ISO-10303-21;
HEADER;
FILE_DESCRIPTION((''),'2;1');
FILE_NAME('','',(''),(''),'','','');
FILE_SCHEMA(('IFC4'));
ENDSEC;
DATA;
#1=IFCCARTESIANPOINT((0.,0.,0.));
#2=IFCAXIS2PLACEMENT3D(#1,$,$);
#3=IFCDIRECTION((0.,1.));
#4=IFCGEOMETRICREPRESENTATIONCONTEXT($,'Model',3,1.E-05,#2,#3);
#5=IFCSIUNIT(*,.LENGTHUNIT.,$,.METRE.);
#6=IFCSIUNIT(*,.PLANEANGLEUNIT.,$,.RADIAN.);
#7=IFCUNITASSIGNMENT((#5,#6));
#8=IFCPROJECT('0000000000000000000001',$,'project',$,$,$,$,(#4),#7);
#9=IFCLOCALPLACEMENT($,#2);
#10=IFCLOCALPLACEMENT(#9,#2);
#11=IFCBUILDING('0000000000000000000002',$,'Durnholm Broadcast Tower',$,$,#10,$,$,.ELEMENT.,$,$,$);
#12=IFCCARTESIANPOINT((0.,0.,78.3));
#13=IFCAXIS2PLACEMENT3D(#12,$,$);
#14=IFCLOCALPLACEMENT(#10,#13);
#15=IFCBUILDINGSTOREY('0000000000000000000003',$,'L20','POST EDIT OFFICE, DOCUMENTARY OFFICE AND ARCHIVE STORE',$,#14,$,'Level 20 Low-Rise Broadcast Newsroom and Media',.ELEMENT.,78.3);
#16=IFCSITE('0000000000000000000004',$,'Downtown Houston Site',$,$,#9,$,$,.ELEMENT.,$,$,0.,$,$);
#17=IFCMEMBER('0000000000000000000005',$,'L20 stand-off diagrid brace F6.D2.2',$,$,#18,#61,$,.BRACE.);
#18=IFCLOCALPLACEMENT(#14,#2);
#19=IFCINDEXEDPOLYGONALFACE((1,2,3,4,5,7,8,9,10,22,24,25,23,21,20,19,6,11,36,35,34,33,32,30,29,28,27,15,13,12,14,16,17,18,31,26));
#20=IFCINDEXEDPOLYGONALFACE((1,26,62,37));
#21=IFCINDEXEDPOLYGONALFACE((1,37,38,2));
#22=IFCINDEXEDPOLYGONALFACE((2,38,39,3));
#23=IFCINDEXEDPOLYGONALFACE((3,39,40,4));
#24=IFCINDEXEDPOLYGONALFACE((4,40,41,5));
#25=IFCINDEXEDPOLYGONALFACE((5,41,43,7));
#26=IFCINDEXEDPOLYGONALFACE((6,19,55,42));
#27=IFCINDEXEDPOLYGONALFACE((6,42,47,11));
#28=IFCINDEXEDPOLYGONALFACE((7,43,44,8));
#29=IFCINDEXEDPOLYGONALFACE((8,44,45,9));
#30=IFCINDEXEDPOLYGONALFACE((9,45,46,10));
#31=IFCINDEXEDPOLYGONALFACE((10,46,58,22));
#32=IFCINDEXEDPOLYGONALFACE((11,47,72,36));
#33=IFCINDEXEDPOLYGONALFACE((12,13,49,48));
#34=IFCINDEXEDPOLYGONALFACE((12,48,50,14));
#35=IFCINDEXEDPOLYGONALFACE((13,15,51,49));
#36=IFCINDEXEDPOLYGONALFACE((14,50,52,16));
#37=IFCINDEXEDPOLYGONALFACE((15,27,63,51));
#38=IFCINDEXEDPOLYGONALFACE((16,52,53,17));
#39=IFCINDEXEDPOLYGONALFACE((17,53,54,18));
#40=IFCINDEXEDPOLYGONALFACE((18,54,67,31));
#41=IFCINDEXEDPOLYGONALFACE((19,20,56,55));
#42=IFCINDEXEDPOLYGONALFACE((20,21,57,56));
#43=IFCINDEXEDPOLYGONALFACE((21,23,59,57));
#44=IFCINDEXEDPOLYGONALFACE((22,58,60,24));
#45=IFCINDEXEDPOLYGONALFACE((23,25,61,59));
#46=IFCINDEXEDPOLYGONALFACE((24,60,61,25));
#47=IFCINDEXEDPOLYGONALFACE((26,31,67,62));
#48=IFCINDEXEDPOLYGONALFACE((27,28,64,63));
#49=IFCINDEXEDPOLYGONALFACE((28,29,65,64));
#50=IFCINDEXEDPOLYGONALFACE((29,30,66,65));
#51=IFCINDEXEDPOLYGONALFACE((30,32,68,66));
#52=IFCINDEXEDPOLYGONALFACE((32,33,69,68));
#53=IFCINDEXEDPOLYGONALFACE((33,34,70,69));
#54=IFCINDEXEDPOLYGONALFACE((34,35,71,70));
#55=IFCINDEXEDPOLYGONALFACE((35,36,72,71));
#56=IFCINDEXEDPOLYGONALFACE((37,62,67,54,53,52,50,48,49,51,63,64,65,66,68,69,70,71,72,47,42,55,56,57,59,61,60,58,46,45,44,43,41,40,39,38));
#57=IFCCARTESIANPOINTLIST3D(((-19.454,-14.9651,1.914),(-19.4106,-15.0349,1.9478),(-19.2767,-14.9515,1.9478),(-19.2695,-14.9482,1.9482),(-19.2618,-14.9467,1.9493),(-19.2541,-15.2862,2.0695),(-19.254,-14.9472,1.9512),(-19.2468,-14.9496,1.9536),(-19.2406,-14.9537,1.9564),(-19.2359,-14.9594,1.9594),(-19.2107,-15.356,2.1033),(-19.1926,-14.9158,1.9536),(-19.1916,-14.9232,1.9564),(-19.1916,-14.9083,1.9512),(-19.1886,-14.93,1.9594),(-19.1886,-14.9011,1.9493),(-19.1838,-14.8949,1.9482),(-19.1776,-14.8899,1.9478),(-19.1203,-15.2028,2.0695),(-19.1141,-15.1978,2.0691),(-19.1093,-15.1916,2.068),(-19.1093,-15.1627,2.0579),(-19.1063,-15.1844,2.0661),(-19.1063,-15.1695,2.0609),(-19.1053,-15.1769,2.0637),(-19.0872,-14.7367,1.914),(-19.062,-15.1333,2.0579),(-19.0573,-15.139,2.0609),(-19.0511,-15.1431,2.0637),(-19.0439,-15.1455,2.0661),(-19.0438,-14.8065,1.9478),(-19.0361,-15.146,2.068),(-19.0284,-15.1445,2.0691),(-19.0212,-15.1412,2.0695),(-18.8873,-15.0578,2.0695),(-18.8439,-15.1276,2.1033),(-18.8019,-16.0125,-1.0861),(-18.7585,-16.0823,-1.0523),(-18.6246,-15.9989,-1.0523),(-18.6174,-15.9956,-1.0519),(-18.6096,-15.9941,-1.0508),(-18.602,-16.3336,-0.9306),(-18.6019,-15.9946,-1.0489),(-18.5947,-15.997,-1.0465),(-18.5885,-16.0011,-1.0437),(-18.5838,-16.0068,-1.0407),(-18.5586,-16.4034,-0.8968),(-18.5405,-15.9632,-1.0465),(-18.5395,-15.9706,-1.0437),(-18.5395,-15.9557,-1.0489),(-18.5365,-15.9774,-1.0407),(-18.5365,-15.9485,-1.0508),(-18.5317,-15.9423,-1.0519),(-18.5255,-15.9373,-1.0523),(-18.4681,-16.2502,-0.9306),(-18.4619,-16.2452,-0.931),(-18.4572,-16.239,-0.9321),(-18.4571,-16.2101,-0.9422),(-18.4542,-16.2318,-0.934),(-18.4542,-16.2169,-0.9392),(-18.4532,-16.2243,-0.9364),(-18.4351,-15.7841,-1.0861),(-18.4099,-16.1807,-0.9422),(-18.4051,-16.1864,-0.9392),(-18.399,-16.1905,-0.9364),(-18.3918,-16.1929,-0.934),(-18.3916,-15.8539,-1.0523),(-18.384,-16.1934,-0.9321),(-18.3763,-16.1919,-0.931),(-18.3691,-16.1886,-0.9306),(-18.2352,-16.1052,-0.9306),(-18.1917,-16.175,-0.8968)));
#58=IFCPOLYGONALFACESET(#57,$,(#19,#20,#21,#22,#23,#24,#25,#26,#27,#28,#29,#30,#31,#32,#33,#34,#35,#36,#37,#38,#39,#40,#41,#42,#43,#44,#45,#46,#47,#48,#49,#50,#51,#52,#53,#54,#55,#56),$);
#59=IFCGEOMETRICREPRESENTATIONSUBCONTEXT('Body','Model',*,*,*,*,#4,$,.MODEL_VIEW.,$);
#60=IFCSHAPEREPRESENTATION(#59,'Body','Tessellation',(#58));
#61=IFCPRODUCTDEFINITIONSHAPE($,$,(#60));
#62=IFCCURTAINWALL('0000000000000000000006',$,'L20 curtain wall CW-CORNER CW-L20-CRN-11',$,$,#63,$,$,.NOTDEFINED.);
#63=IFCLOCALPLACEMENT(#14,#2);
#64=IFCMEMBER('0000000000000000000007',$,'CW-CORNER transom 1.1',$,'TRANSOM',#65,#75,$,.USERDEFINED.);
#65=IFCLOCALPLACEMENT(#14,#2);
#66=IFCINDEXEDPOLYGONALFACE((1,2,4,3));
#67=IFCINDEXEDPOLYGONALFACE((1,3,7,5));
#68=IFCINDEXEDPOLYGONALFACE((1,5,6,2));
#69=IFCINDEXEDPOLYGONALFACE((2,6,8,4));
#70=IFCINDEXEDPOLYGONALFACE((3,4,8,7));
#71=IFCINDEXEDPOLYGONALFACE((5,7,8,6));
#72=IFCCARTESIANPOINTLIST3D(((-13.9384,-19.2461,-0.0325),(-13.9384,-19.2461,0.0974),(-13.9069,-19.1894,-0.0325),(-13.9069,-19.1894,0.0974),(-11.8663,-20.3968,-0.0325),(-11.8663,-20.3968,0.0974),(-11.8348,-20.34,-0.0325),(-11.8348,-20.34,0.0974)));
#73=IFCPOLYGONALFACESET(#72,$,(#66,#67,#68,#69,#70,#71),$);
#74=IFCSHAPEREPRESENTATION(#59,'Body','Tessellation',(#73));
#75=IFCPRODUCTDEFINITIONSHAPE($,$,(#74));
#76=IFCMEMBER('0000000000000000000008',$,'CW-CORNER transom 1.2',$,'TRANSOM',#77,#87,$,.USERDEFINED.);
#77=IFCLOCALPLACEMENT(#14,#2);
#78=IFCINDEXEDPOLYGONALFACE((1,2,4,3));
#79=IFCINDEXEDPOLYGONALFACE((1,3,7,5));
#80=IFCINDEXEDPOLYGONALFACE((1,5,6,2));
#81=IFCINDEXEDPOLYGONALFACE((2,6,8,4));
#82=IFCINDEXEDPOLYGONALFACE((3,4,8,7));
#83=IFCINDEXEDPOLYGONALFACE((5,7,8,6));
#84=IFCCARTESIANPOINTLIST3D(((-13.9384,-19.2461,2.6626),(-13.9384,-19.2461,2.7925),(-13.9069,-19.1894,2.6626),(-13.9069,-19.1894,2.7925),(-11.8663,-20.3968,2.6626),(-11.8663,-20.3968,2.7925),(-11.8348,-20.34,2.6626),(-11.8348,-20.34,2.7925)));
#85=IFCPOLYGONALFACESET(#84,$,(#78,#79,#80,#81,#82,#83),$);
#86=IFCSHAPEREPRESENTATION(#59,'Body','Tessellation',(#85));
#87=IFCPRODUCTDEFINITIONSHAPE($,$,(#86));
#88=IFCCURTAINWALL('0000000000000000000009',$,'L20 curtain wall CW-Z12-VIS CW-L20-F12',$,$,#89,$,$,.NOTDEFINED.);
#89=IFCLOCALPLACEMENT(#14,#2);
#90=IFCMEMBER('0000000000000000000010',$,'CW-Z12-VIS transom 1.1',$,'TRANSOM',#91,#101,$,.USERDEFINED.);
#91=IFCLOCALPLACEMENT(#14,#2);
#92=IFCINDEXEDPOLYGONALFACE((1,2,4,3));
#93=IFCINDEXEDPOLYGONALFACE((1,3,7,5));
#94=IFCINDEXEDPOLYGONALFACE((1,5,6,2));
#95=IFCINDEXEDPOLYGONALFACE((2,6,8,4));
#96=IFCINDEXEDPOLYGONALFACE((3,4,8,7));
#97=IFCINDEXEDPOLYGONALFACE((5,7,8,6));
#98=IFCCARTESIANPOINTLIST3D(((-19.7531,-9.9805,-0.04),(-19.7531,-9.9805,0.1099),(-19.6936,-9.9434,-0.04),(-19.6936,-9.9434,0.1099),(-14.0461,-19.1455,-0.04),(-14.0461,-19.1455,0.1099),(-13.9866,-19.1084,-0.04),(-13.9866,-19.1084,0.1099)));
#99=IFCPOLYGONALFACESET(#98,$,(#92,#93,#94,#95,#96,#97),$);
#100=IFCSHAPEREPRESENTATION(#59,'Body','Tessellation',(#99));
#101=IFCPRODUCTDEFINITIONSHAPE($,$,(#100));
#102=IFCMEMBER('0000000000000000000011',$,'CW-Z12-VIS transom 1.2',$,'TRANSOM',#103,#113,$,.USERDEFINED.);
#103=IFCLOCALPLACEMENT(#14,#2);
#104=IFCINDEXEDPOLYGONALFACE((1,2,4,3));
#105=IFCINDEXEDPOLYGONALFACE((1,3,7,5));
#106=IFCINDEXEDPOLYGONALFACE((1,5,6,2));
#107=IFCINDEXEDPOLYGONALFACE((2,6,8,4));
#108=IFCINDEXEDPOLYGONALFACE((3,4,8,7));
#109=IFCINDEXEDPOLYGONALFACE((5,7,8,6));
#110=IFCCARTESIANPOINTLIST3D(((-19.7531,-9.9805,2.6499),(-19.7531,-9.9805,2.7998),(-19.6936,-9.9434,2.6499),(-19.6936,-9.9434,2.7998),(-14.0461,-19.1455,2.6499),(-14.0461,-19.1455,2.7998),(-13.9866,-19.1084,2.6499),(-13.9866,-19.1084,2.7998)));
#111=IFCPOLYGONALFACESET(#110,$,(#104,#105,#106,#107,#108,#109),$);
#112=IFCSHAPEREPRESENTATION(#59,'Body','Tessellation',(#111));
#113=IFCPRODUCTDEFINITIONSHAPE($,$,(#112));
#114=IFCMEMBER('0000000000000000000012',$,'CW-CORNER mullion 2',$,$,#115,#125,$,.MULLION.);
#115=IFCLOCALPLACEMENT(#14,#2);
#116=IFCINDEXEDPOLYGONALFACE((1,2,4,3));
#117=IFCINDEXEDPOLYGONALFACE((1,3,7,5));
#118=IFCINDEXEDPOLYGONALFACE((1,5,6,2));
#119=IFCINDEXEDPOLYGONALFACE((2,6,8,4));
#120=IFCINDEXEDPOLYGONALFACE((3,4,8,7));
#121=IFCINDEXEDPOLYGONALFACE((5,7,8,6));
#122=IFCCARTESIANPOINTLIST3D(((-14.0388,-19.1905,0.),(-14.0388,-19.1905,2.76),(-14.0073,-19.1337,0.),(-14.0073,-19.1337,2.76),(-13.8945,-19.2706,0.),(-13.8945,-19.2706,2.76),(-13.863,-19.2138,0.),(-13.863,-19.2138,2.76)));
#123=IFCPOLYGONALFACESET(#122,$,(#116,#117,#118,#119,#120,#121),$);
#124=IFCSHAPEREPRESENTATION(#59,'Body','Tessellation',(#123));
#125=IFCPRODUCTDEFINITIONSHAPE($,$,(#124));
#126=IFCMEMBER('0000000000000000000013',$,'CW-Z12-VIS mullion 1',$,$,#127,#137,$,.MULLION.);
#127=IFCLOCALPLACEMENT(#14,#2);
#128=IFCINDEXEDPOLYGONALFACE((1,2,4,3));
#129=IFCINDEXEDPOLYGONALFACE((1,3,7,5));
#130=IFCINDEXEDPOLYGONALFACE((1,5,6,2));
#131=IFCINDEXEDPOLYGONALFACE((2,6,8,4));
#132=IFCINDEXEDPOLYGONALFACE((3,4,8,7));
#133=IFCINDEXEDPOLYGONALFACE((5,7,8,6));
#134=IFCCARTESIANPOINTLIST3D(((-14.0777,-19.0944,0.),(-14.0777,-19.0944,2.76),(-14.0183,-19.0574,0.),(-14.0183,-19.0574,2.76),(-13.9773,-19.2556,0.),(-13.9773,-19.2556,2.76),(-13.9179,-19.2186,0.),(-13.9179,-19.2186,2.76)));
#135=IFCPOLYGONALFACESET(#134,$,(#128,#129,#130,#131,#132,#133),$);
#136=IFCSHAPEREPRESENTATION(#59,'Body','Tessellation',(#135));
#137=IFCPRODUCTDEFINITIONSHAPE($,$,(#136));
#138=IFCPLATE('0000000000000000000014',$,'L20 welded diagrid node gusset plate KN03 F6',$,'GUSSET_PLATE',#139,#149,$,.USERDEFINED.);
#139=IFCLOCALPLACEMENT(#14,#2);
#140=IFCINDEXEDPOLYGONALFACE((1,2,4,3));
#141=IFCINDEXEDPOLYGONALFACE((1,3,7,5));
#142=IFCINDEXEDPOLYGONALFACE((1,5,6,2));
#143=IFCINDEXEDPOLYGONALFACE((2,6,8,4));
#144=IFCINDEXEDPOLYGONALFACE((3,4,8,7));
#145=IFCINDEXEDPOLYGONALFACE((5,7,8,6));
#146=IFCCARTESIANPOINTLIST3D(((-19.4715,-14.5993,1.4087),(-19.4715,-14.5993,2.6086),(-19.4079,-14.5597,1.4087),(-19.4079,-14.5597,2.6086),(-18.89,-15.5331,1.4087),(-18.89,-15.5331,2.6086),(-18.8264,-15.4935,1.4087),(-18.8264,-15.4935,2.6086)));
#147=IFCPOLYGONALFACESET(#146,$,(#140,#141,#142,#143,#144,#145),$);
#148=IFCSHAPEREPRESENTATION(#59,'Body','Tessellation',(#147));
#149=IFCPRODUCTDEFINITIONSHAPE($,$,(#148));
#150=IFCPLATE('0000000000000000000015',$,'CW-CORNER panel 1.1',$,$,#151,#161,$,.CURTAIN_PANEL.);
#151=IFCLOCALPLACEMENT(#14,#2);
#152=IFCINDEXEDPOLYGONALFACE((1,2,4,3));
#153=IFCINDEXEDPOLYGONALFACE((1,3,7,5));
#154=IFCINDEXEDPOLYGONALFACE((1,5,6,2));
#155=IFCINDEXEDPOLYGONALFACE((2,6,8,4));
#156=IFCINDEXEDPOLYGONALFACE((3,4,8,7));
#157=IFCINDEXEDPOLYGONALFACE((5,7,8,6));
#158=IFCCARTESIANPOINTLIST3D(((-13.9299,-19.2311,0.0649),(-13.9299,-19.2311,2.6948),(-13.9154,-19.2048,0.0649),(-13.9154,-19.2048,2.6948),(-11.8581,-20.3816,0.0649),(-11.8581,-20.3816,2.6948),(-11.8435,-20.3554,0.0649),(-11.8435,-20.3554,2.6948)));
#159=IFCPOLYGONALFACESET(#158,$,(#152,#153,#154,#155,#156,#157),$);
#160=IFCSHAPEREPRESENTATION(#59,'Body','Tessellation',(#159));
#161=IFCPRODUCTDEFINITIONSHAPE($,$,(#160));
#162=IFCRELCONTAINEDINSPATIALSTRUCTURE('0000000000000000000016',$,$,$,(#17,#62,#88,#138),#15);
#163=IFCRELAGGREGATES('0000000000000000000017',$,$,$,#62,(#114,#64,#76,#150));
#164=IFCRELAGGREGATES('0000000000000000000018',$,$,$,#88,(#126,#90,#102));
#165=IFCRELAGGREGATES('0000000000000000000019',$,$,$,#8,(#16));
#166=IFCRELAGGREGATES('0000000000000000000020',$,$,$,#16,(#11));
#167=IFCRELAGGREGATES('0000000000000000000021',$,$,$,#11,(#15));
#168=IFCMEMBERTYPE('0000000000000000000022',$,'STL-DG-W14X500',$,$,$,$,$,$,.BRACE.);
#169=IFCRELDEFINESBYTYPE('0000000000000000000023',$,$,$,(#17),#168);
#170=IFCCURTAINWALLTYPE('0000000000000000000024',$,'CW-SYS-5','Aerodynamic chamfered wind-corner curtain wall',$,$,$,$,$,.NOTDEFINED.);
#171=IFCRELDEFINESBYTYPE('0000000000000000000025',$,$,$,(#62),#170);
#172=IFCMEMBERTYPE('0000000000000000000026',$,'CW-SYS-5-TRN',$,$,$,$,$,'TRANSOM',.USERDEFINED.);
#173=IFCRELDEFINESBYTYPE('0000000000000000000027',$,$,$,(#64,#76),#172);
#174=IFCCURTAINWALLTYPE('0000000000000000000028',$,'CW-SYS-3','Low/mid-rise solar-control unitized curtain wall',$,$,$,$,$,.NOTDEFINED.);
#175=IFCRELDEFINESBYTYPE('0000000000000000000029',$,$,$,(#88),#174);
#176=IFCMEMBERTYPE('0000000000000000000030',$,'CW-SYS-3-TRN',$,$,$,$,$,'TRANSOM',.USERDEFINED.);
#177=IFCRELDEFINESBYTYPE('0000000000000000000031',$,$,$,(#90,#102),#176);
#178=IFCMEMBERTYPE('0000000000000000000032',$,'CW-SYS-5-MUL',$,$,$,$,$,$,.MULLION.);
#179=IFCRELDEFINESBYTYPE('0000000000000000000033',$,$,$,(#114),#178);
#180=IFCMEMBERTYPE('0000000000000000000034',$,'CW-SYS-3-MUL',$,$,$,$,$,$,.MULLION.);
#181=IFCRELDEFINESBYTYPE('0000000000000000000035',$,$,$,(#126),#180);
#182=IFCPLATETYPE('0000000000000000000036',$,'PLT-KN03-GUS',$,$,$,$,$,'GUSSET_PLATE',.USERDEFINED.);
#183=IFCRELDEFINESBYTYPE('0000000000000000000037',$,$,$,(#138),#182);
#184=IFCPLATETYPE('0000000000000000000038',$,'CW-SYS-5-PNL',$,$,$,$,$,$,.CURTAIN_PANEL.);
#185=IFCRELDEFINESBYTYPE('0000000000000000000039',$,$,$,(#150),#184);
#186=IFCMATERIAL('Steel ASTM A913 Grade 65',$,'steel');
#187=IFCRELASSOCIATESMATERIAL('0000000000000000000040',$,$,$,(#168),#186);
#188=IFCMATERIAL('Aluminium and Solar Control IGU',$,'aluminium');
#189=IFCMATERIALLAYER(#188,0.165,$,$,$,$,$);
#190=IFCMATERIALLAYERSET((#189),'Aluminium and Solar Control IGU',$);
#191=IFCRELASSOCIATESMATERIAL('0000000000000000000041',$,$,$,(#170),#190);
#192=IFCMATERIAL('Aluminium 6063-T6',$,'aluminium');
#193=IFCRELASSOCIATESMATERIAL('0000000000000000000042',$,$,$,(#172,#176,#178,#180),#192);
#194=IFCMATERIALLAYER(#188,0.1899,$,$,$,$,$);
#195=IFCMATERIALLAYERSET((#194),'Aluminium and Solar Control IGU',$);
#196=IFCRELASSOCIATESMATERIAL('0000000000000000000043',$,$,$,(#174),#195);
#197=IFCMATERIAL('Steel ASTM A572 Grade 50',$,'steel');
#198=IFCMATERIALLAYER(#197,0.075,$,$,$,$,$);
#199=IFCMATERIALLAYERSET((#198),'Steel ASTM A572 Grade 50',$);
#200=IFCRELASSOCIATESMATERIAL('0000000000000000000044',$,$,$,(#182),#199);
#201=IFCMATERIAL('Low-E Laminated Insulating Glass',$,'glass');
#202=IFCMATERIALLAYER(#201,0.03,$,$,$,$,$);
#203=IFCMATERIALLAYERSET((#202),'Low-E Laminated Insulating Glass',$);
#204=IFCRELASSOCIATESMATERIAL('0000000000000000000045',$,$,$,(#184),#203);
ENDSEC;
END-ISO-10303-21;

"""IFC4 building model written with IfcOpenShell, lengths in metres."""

from ifc_helpers import new_model, si_unit, direction, frame, origin, origin_2d, place, context, subcontext, project, spatial, rectangle, i_section, extrude, source, transform, mapped, material, layer, layer_set, material_profile, profile_set, type_object, type_shapes, element, aggregate, save


model = new_model("IFC4")

# Units and contexts
model_context = context("Model", 3, precision=1e-05, world=origin(), true_north=direction((0.0, 1.0)))
body_context = subcontext(model_context, "Body", "Model", "MODEL_VIEW")
ifc_project = project(units=[si_unit("LENGTHUNIT", "METRE"), si_unit("PLANEANGLEUNIT", "RADIAN")], contexts=[model_context])

# Site, building, storey
site_placement = place(None, origin())
site = spatial("IfcSite", under=ifc_project, at=site_placement, Name="Downtown Houston Site", CompositionType="ELEMENT", RefElevation=0.0)
building_placement = place(site_placement, origin())
building = spatial("IfcBuilding", under=site, at=building_placement, Name="Durnholm Broadcast Tower", CompositionType="ELEMENT")
storey_placement = place(building_placement, frame((0.0, 0.0, 78.3)))
storey = spatial("IfcBuildingStorey", under=building, at=storey_placement, Name="L20", Description="POST EDIT OFFICE, DOCUMENTARY OFFICE AND ARCHIVE STORE", LongName="Level 20 Low-Rise Broadcast Newsroom and Media", CompositionType="ELEMENT", Elevation=78.3)

# Member
ifc_material_1 = material(Name="Steel ASTM A913 Grade 65", Category="steel")
ifc_material_profile_1 = material_profile(ifc_material_1, i_section(OverallWidth=0.4321, OverallDepth=0.4978, WebThickness=0.0557, FlangeThickness=0.0889, FilletRadius=0.0305, at=origin_2d()), Name="W14X500")
ifc_profile_set_1 = profile_set([ifc_material_profile_1], Name="Steel ASTM A913 Grade 65")
member_type_1 = type_object("IfcMemberType", Name="STL-DG-W14X500", PredefinedType="BRACE", material=ifc_profile_set_1)
shared_shape_1 = source(origin(), body_context, "Body", "SweptSolid", [
    extrude(i_section(OverallWidth=0.4321, OverallDepth=0.4978, WebThickness=0.0557, FlangeThickness=0.0889, FilletRadius=0.0305, at=origin_2d()), origin(), (0.0, 0.0, 1.0), 3.2439),
])
type_shapes(member_type_1, [shared_shape_1])
for number, where, z_axis, x_axis, name in (
    (1, (-18.4968, -16.0938, -0.9915), (-0.20103, 0.322882, 0.924843), (-0.848909, -0.52854, 0.0), "L20 stand-off diagrid brace F6.D2.2"),
):
    element("IfcMember", number, at=place(storey_placement, frame(where, z_axis=z_axis, x_axis=x_axis)), inside=storey, type_object=member_type_1, Name=name, PredefinedType="BRACE", context=body_context, shape_type="MappedRepresentation", body=[
        mapped(shared_shape_1, transform((0.0, 0.0, 0.0), x_axis=(1.0, 0.0, 0.0), y_axis=(0.0, 1.0, 0.0), z_axis=(0.0, 0.0, 1.0), scale=1.0)),
    ])

# Curtain walls, members
ifc_material_2 = material(Name="Aluminium and Solar Control IGU", Category="aluminium")
ifc_layer_1 = layer(ifc_material_2, 0.165)
ifc_layer_set_1 = layer_set([ifc_layer_1], Name="Aluminium and Solar Control IGU")
curtain_wall_type_1 = type_object("IfcCurtainWallType", Name="CW-SYS-5", Description="Aerodynamic chamfered wind-corner curtain wall", PredefinedType="NOTDEFINED", material=ifc_layer_set_1)
curtain_wall_1_placement = place(storey_placement, origin())
curtain_wall_1 = element("IfcCurtainWall", 2, at=curtain_wall_1_placement, inside=storey, type_object=curtain_wall_type_1, Name="L20 curtain wall CW-CORNER CW-L20-CRN-11", PredefinedType="NOTDEFINED")
ifc_material_3 = material(Name="Aluminium 6063-T6", Category="aluminium")
ifc_material_profile_2 = material_profile(ifc_material_3, rectangle(XDim=0.0649, YDim=0.1299, at=origin_2d()), Name="CWT65X130")
ifc_profile_set_2 = profile_set([ifc_material_profile_2], Name="Aluminium 6063-T6")
member_type_2 = type_object("IfcMemberType", Name="CW-SYS-5-TRN", ElementType="TRANSOM", PredefinedType="USERDEFINED", material=ifc_profile_set_2)
shared_shape_2 = source(origin(), body_context, "Body", "SweptSolid", [
    extrude(rectangle(XDim=0.0649, YDim=0.1299, at=origin_2d()), origin(), (0.0, 0.0, 1.0), 2.3701),
])
type_shapes(member_type_2, [shared_shape_2])
member_1_placement = place(storey_placement, frame((-11.8506, -20.3684, 0.0325), z_axis=(-0.874245, 0.485485, 0.0), x_axis=(-0.485485, -0.874245, 0.0)))
member_1 = element("IfcMember", 3, at=member_1_placement, type_object=member_type_2, Name="CW-CORNER transom 1.1", ObjectType="TRANSOM", PredefinedType="USERDEFINED", context=body_context, shape_type="MappedRepresentation", body=[
    mapped(shared_shape_2, transform((0.0, 0.0, 0.0), x_axis=(1.0, 0.0, 0.0), y_axis=(0.0, 1.0, 0.0), z_axis=(0.0, 0.0, 1.0), scale=1.0)),
])
member_2_placement = place(storey_placement, frame((-11.8506, -20.3684, 2.7275), z_axis=(-0.874245, 0.485485, 0.0), x_axis=(-0.485485, -0.874245, 0.0)))
member_2 = element("IfcMember", 4, at=member_2_placement, type_object=member_type_2, Name="CW-CORNER transom 1.2", ObjectType="TRANSOM", PredefinedType="USERDEFINED", context=body_context, shape_type="MappedRepresentation", body=[
    mapped(shared_shape_2, transform((0.0, 0.0, 0.0), x_axis=(1.0, 0.0, 0.0), y_axis=(0.0, 1.0, 0.0), z_axis=(0.0, 0.0, 1.0), scale=1.0)),
])
ifc_layer_2 = layer(ifc_material_2, 0.1899)
ifc_layer_set_2 = layer_set([ifc_layer_2], Name="Aluminium and Solar Control IGU")
curtain_wall_type_2 = type_object("IfcCurtainWallType", Name="CW-SYS-3", Description="Low/mid-rise solar-control unitized curtain wall", PredefinedType="NOTDEFINED", material=ifc_layer_set_2)
curtain_wall_2_placement = place(storey_placement, origin())
curtain_wall_2 = element("IfcCurtainWall", 5, at=curtain_wall_2_placement, inside=storey, type_object=curtain_wall_type_2, Name="L20 curtain wall CW-Z12-VIS CW-L20-F12", PredefinedType="NOTDEFINED")
ifc_material_profile_3 = material_profile(ifc_material_3, rectangle(XDim=0.0701, YDim=0.1499, at=origin_2d()), Name="CWT70X150")
ifc_profile_set_3 = profile_set([ifc_material_profile_3], Name="Aluminium 6063-T6")
member_type_3 = type_object("IfcMemberType", Name="CW-SYS-3-TRN", ElementType="TRANSOM", PredefinedType="USERDEFINED", material=ifc_profile_set_3)
shared_shape_3 = source(origin(), body_context, "Body", "SweptSolid", [
    extrude(rectangle(XDim=0.0701, YDim=0.1499, at=origin_2d()), origin(), (0.0, 0.0, 1.0), 10.7966),
])
type_shapes(member_type_3, [shared_shape_3])
member_3_placement = place(storey_placement, frame((-14.0164, -19.127, 0.0349), z_axis=(-0.528592, 0.848876, 0.0), x_axis=(-0.848876, -0.528592, 0.0)))
member_3 = element("IfcMember", 6, at=member_3_placement, type_object=member_type_3, Name="CW-Z12-VIS transom 1.1", ObjectType="TRANSOM", PredefinedType="USERDEFINED", context=body_context, shape_type="MappedRepresentation", body=[
    mapped(shared_shape_3, transform((0.0, 0.0, 0.0), x_axis=(1.0, 0.0, 0.0), y_axis=(0.0, 1.0, 0.0), z_axis=(0.0, 0.0, 1.0), scale=1.0)),
])
member_4_placement = place(storey_placement, frame((-14.0164, -19.127, 2.7249), z_axis=(-0.528592, 0.848876, 0.0), x_axis=(-0.848876, -0.528592, 0.0)))
member_4 = element("IfcMember", 7, at=member_4_placement, type_object=member_type_3, Name="CW-Z12-VIS transom 1.2", ObjectType="TRANSOM", PredefinedType="USERDEFINED", context=body_context, shape_type="MappedRepresentation", body=[
    mapped(shared_shape_3, transform((0.0, 0.0, 0.0), x_axis=(1.0, 0.0, 0.0), y_axis=(0.0, 1.0, 0.0), z_axis=(0.0, 0.0, 1.0), scale=1.0)),
])

# Members
ifc_material_profile_4 = material_profile(ifc_material_3, rectangle(XDim=0.0649, YDim=0.165, at=origin_2d()), Name="CWM65X165")
ifc_profile_set_4 = profile_set([ifc_material_profile_4], Name="Aluminium 6063-T6")
member_type_4 = type_object("IfcMemberType", Name="CW-SYS-5-MUL", PredefinedType="MULLION", material=ifc_profile_set_4)
shared_shape_4 = source(origin(), body_context, "Body", "SweptSolid", [
    extrude(rectangle(XDim=0.0649, YDim=0.165, at=origin_2d()), origin(), (0.0, 0.0, 1.0), 2.76),
])
type_shapes(member_type_4, [shared_shape_4])
member_5_placement = place(storey_placement, frame((-13.9509, -19.2021, 0.0), z_axis=(0.0, 0.0, 1.0), x_axis=(-0.485483, -0.874246, 0.0)))
member_5 = element("IfcMember", 8, at=member_5_placement, type_object=member_type_4, Name="CW-CORNER mullion 2", PredefinedType="MULLION", context=body_context, shape_type="MappedRepresentation", body=[
    mapped(shared_shape_4, transform((0.0, 0.0, 0.0), x_axis=(1.0, 0.0, 0.0), y_axis=(0.0, 1.0, 0.0), z_axis=(0.0, 0.0, 1.0), scale=1.0)),
])
ifc_material_profile_5 = material_profile(ifc_material_3, rectangle(XDim=0.0701, YDim=0.1899, at=origin_2d()), Name="CWM70X190")
ifc_profile_set_5 = profile_set([ifc_material_profile_5], Name="Aluminium 6063-T6")
member_type_5 = type_object("IfcMemberType", Name="CW-SYS-3-MUL", PredefinedType="MULLION", material=ifc_profile_set_5)
shared_shape_5 = source(origin(), body_context, "Body", "SweptSolid", [
    extrude(rectangle(XDim=0.0701, YDim=0.1899, at=origin_2d()), origin(), (0.0, 0.0, 1.0), 2.76),
])
type_shapes(member_type_5, [shared_shape_5])
member_6_placement = place(storey_placement, frame((-13.9978, -19.1565, 0.0), z_axis=(0.0, 0.0, 1.0), x_axis=(-0.848876, -0.528592, 0.0)))
member_6 = element("IfcMember", 9, at=member_6_placement, type_object=member_type_5, Name="CW-Z12-VIS mullion 1", PredefinedType="MULLION", context=body_context, shape_type="MappedRepresentation", body=[
    mapped(shared_shape_5, transform((0.0, 0.0, 0.0), x_axis=(1.0, 0.0, 0.0), y_axis=(0.0, 1.0, 0.0), z_axis=(0.0, 0.0, 1.0), scale=1.0)),
])

# Plates
ifc_material_4 = material(Name="Steel ASTM A572 Grade 50", Category="steel")
ifc_layer_3 = layer(ifc_material_4, 0.075)
ifc_layer_set_3 = layer_set([ifc_layer_3], Name="Steel ASTM A572 Grade 50")
plate_type_1 = type_object("IfcPlateType", Name="PLT-KN03-GUS", ElementType="GUSSET_PLATE", PredefinedType="USERDEFINED", material=ifc_layer_set_3)
shared_shape_6 = source(origin(), body_context, "Body", "SweptSolid", [
    extrude(rectangle(XDim=1.1001, YDim=0.075, at=origin_2d()), origin(), (0.0, 0.0, 1.0), 1.2),
])
type_shapes(plate_type_1, [shared_shape_6])
plate_1_placement = place(storey_placement, frame((-19.1489, -15.0464, 1.4087), z_axis=(0.0, 0.0, 1.0), x_axis=(0.528587, -0.848879, 0.0)))
element("IfcPlate", 10, at=plate_1_placement, inside=storey, type_object=plate_type_1, Name="L20 welded diagrid node gusset plate KN03 F6", ObjectType="GUSSET_PLATE", PredefinedType="USERDEFINED", context=body_context, shape_type="MappedRepresentation", body=[
    mapped(shared_shape_6, transform((0.0, 0.0, 0.0), x_axis=(1.0, 0.0, 0.0), y_axis=(0.0, 1.0, 0.0), z_axis=(0.0, 0.0, 1.0), scale=1.0)),
])
ifc_material_5 = material(Name="Low-E Laminated Insulating Glass", Category="glass")
ifc_layer_4 = layer(ifc_material_5, 0.03)
ifc_layer_set_4 = layer_set([ifc_layer_4], Name="Low-E Laminated Insulating Glass")
plate_type_2 = type_object("IfcPlateType", Name="CW-SYS-5-PNL", PredefinedType="CURTAIN_PANEL", material=ifc_layer_set_4)
shared_shape_7 = source(origin(), body_context, "Body", "SweptSolid", [
    extrude(rectangle(XDim=2.3699, YDim=0.03, at=origin_2d()), origin(), (0.0, 0.0, 1.0), 2.6299),
])
type_shapes(plate_type_2, [shared_shape_7])
plate_2_placement = place(storey_placement, frame((-12.8867, -19.7932, 0.0649), z_axis=(0.0, 0.0, 1.0), x_axis=(-0.874246, 0.485483, 0.0)))
plate_2 = element("IfcPlate", 11, at=plate_2_placement, type_object=plate_type_2, Name="CW-CORNER panel 1.1", PredefinedType="CURTAIN_PANEL", context=body_context, shape_type="MappedRepresentation", body=[
    mapped(shared_shape_7, transform((0.0, 0.0, 0.0), x_axis=(1.0, 0.0, 0.0), y_axis=(0.0, 1.0, 0.0), z_axis=(0.0, 0.0, 1.0), scale=1.0)),
])
aggregate(curtain_wall_1, [member_5, member_1, member_2, plate_2])
aggregate(curtain_wall_2, [member_6, member_3, member_4])

save(model, "model.ifc")
